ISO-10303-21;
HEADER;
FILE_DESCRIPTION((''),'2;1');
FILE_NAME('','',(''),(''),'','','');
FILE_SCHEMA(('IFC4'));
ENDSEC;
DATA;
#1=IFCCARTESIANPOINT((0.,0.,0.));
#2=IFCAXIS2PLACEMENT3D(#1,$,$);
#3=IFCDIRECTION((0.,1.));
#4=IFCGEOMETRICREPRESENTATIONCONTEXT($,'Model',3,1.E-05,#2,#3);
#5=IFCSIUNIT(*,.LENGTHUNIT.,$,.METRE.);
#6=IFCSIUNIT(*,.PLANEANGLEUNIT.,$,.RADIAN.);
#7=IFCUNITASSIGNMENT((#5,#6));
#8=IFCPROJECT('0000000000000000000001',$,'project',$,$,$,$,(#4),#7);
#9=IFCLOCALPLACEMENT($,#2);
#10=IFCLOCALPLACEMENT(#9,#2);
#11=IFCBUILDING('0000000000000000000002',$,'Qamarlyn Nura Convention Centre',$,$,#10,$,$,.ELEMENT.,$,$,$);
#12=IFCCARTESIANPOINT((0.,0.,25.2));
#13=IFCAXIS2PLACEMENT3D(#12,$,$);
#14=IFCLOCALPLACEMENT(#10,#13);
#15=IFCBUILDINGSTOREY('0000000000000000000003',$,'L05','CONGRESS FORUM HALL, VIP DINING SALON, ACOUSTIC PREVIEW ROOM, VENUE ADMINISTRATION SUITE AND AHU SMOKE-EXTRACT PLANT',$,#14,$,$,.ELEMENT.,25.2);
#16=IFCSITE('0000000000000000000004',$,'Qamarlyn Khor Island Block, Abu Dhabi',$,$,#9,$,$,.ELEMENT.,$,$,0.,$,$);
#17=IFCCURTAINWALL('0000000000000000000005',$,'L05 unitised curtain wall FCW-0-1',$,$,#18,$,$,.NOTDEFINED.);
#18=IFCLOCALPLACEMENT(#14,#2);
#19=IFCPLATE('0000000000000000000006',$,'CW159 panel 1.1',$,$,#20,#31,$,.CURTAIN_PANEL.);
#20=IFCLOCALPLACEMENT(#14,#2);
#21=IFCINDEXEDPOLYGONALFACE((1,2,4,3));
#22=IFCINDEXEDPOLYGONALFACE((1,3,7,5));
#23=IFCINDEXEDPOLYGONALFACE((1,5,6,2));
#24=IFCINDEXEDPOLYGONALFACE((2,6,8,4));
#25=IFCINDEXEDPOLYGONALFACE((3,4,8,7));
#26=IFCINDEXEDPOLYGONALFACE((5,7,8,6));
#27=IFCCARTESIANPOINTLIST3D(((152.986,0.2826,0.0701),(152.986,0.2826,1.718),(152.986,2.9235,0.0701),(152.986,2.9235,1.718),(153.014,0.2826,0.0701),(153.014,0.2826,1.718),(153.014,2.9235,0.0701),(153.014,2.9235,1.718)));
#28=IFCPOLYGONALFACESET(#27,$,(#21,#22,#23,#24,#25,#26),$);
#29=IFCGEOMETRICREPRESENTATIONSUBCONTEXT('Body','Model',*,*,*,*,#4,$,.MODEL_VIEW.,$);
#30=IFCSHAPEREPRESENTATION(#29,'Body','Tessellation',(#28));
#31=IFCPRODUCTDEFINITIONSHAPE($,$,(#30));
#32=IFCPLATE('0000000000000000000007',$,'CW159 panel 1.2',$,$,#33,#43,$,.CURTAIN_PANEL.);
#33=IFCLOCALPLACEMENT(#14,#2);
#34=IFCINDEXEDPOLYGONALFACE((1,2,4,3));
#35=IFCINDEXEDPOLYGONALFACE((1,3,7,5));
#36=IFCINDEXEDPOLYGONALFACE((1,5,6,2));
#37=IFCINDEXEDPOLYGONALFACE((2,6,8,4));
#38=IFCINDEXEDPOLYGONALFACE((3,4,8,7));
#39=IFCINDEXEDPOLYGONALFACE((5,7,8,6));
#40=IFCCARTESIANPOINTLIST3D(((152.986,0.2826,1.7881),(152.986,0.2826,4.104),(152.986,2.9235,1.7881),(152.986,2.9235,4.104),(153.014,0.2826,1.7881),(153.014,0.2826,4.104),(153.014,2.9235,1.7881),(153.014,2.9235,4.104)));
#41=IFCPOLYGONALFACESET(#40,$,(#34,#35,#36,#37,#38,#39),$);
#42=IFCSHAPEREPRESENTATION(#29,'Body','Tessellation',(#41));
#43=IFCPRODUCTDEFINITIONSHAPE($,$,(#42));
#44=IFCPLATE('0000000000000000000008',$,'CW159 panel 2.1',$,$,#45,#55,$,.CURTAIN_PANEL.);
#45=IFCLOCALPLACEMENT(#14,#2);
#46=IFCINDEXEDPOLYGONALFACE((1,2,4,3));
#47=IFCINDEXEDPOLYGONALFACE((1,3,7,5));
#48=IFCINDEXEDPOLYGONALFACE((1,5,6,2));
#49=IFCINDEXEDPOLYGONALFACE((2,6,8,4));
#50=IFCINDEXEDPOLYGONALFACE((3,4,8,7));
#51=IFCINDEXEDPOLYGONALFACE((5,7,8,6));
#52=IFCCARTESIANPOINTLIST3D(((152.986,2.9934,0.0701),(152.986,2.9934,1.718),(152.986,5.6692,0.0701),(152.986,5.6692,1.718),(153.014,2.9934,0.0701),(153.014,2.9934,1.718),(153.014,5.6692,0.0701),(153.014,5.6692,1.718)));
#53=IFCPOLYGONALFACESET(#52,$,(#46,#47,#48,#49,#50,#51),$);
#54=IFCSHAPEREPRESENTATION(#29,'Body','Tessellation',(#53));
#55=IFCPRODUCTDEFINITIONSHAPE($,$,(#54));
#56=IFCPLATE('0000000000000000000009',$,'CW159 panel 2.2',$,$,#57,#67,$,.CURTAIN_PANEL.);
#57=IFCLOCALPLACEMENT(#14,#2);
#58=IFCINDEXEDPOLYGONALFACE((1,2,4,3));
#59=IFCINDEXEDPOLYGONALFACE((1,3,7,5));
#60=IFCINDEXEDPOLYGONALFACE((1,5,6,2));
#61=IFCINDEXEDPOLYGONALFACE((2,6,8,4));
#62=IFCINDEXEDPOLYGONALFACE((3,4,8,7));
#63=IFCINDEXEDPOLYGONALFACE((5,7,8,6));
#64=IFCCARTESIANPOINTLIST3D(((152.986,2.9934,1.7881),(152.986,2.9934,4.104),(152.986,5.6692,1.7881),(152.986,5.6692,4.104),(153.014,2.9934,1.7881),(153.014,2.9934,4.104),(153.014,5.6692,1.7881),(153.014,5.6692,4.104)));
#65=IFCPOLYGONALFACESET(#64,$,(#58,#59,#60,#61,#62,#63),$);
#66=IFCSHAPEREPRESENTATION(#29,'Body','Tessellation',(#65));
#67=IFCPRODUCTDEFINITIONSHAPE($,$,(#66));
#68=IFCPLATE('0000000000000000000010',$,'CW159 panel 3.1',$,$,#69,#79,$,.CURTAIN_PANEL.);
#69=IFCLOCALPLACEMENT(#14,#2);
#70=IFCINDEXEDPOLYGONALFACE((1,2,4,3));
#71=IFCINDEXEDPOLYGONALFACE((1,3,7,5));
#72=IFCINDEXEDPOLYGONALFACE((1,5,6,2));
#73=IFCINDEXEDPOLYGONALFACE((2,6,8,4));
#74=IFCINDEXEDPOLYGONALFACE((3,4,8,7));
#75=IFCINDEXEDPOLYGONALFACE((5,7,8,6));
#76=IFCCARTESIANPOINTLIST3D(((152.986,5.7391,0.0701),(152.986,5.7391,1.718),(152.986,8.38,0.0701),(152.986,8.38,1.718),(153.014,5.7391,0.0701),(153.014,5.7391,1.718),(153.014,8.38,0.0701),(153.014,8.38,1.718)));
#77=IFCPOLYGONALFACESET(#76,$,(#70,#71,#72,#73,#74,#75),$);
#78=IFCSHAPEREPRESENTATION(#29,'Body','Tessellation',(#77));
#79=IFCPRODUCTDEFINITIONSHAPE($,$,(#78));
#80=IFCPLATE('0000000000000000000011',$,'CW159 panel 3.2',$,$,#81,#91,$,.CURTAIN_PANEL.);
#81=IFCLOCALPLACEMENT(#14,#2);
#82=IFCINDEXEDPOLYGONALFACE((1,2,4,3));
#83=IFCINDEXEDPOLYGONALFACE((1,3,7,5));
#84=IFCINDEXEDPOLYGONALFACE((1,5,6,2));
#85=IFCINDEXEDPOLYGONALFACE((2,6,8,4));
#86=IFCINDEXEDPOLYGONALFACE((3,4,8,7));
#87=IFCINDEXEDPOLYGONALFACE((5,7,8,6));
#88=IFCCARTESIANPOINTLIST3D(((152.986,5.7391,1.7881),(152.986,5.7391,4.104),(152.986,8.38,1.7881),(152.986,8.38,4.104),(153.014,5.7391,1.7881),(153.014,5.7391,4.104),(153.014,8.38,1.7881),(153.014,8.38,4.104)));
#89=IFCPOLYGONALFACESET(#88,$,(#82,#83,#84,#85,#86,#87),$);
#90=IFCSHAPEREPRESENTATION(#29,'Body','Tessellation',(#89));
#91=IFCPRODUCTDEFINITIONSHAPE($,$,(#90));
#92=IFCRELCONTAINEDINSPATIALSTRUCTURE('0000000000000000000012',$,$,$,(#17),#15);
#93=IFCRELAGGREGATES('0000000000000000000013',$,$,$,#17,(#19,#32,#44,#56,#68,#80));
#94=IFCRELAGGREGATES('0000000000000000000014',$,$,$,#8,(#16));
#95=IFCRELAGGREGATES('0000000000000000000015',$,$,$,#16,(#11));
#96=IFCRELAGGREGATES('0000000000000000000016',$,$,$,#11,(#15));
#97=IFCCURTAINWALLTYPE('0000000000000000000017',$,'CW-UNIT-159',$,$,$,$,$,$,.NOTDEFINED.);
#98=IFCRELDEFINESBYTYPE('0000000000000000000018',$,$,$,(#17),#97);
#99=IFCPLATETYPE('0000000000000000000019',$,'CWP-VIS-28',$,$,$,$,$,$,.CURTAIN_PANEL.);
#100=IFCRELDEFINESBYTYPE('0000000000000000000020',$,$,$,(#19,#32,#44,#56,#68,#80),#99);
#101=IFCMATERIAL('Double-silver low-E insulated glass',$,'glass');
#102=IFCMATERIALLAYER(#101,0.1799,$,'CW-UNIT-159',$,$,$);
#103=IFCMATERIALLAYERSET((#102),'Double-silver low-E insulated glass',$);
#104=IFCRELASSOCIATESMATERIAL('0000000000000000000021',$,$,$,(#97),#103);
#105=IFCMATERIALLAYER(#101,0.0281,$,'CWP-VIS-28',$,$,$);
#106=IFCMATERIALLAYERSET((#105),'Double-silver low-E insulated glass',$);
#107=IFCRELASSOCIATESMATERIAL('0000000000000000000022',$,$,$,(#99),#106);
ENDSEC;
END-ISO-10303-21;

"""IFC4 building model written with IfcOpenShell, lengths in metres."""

from ifc_helpers import new_model, si_unit, direction, frame, origin, origin_2d, place, context, subcontext, project, spatial, rectangle, extrude, material, layer, layer_set, type_object, element, aggregate, save


model = new_model("IFC4")

# Units and contexts
model_context = context("Model", 3, precision=1e-05, world=origin(), true_north=direction((0.0, 1.0)))
body_context = subcontext(model_context, "Body", "Model", "MODEL_VIEW")
ifc_project = project(units=[si_unit("LENGTHUNIT", "METRE"), si_unit("PLANEANGLEUNIT", "RADIAN")], contexts=[model_context])

# Site, building, storey
site_placement = place(None, origin())
site = spatial("IfcSite", under=ifc_project, at=site_placement, Name="Qamarlyn Khor Island Block, Abu Dhabi", CompositionType="ELEMENT", RefElevation=0.0)
building_placement = place(site_placement, origin())
building = spatial("IfcBuilding", under=site, at=building_placement, Name="Qamarlyn Nura Convention Centre", CompositionType="ELEMENT")
storey_placement = place(building_placement, frame((0.0, 0.0, 25.2)))
storey = spatial("IfcBuildingStorey", under=building, at=storey_placement, Name="L05", Description="CONGRESS FORUM HALL, VIP DINING SALON, ACOUSTIC PREVIEW ROOM, VENUE ADMINISTRATION SUITE AND AHU SMOKE-EXTRACT PLANT", CompositionType="ELEMENT", Elevation=25.2)

# Shared definitions
ifc_material_1 = material(Name="Double-silver low-E insulated glass", Category="glass")

# Curtain wall, plates
ifc_layer_1 = layer(ifc_material_1, 0.1799, Name="CW-UNIT-159")
ifc_layer_set_1 = layer_set([ifc_layer_1], Name="Double-silver low-E insulated glass")
curtain_wall_type_1 = type_object("IfcCurtainWallType", Name="CW-UNIT-159", PredefinedType="NOTDEFINED", material=ifc_layer_set_1)
curtain_wall_1_placement = place(storey_placement, origin())
curtain_wall_1 = element("IfcCurtainWall", 1, at=curtain_wall_1_placement, inside=storey, type_object=curtain_wall_type_1, Name="L05 unitised curtain wall FCW-0-1", PredefinedType="NOTDEFINED")
ifc_layer_2 = layer(ifc_material_1, 0.0281, Name="CWP-VIS-28")
ifc_layer_set_2 = layer_set([ifc_layer_2], Name="Double-silver low-E insulated glass")
plate_type = type_object("IfcPlateType", Name="CWP-VIS-28", PredefinedType="CURTAIN_PANEL", material=ifc_layer_set_2)
plate_1_placement = place(storey_placement, frame((153.0, 1.603, 0.0701), z_axis=(0.0, 0.0, 1.0), x_axis=(0.0, 1.0, 0.0)))
plate_1 = element("IfcPlate", 2, at=plate_1_placement, type_object=plate_type, Name="CW159 panel 1.1", PredefinedType="CURTAIN_PANEL", context=body_context, shape_type="SweptSolid", body=[
    extrude(rectangle(XDim=2.6409, YDim=0.0281, at=origin_2d()), origin(), (0.0, 0.0, 1.0), 1.6479),
])
plate_2_placement = place(storey_placement, frame((153.0, 1.603, 1.7881), z_axis=(0.0, 0.0, 1.0), x_axis=(0.0, 1.0, 0.0)))
plate_2 = element("IfcPlate", 3, at=plate_2_placement, type_object=plate_type, Name="CW159 panel 1.2", PredefinedType="CURTAIN_PANEL", context=body_context, shape_type="SweptSolid", body=[
    extrude(rectangle(XDim=2.6409, YDim=0.0281, at=origin_2d()), origin(), (0.0, 0.0, 1.0), 2.3159),
])
plate_3_placement = place(storey_placement, frame((153.0, 4.3313, 0.0701), z_axis=(0.0, 0.0, 1.0), x_axis=(0.0, 1.0, 0.0)))
plate_3 = element("IfcPlate", 4, at=plate_3_placement, type_object=plate_type, Name="CW159 panel 2.1", PredefinedType="CURTAIN_PANEL", context=body_context, shape_type="SweptSolid", body=[
    extrude(rectangle(XDim=2.6758, YDim=0.0281, at=origin_2d()), origin(), (0.0, 0.0, 1.0), 1.6479),
])
plate_4_placement = place(storey_placement, frame((153.0, 4.3313, 1.7881), z_axis=(0.0, 0.0, 1.0), x_axis=(0.0, 1.0, 0.0)))
plate_4 = element("IfcPlate", 5, at=plate_4_placement, type_object=plate_type, Name="CW159 panel 2.2", PredefinedType="CURTAIN_PANEL", context=body_context, shape_type="SweptSolid", body=[
    extrude(rectangle(XDim=2.6758, YDim=0.0281, at=origin_2d()), origin(), (0.0, 0.0, 1.0), 2.3159),
])
plate_5_placement = place(storey_placement, frame((153.0, 7.0596, 0.0701), z_axis=(0.0, 0.0, 1.0), x_axis=(0.0, 1.0, 0.0)))
plate_5 = element("IfcPlate", 6, at=plate_5_placement, type_object=plate_type, Name="CW159 panel 3.1", PredefinedType="CURTAIN_PANEL", context=body_context, shape_type="SweptSolid", body=[
    extrude(rectangle(XDim=2.6409, YDim=0.0281, at=origin_2d()), origin(), (0.0, 0.0, 1.0), 1.6479),
])
plate_6_placement = place(storey_placement, frame((153.0, 7.0596, 1.7881), z_axis=(0.0, 0.0, 1.0), x_axis=(0.0, 1.0, 0.0)))
plate_6 = element("IfcPlate", 7, at=plate_6_placement, type_object=plate_type, Name="CW159 panel 3.2", PredefinedType="CURTAIN_PANEL", context=body_context, shape_type="SweptSolid", body=[
    extrude(rectangle(XDim=2.6409, YDim=0.0281, at=origin_2d()), origin(), (0.0, 0.0, 1.0), 2.3159),
])
aggregate(curtain_wall_1, [plate_1, plate_2, plate_3, plate_4, plate_5, plate_6])

save(model, "model.ifc")
